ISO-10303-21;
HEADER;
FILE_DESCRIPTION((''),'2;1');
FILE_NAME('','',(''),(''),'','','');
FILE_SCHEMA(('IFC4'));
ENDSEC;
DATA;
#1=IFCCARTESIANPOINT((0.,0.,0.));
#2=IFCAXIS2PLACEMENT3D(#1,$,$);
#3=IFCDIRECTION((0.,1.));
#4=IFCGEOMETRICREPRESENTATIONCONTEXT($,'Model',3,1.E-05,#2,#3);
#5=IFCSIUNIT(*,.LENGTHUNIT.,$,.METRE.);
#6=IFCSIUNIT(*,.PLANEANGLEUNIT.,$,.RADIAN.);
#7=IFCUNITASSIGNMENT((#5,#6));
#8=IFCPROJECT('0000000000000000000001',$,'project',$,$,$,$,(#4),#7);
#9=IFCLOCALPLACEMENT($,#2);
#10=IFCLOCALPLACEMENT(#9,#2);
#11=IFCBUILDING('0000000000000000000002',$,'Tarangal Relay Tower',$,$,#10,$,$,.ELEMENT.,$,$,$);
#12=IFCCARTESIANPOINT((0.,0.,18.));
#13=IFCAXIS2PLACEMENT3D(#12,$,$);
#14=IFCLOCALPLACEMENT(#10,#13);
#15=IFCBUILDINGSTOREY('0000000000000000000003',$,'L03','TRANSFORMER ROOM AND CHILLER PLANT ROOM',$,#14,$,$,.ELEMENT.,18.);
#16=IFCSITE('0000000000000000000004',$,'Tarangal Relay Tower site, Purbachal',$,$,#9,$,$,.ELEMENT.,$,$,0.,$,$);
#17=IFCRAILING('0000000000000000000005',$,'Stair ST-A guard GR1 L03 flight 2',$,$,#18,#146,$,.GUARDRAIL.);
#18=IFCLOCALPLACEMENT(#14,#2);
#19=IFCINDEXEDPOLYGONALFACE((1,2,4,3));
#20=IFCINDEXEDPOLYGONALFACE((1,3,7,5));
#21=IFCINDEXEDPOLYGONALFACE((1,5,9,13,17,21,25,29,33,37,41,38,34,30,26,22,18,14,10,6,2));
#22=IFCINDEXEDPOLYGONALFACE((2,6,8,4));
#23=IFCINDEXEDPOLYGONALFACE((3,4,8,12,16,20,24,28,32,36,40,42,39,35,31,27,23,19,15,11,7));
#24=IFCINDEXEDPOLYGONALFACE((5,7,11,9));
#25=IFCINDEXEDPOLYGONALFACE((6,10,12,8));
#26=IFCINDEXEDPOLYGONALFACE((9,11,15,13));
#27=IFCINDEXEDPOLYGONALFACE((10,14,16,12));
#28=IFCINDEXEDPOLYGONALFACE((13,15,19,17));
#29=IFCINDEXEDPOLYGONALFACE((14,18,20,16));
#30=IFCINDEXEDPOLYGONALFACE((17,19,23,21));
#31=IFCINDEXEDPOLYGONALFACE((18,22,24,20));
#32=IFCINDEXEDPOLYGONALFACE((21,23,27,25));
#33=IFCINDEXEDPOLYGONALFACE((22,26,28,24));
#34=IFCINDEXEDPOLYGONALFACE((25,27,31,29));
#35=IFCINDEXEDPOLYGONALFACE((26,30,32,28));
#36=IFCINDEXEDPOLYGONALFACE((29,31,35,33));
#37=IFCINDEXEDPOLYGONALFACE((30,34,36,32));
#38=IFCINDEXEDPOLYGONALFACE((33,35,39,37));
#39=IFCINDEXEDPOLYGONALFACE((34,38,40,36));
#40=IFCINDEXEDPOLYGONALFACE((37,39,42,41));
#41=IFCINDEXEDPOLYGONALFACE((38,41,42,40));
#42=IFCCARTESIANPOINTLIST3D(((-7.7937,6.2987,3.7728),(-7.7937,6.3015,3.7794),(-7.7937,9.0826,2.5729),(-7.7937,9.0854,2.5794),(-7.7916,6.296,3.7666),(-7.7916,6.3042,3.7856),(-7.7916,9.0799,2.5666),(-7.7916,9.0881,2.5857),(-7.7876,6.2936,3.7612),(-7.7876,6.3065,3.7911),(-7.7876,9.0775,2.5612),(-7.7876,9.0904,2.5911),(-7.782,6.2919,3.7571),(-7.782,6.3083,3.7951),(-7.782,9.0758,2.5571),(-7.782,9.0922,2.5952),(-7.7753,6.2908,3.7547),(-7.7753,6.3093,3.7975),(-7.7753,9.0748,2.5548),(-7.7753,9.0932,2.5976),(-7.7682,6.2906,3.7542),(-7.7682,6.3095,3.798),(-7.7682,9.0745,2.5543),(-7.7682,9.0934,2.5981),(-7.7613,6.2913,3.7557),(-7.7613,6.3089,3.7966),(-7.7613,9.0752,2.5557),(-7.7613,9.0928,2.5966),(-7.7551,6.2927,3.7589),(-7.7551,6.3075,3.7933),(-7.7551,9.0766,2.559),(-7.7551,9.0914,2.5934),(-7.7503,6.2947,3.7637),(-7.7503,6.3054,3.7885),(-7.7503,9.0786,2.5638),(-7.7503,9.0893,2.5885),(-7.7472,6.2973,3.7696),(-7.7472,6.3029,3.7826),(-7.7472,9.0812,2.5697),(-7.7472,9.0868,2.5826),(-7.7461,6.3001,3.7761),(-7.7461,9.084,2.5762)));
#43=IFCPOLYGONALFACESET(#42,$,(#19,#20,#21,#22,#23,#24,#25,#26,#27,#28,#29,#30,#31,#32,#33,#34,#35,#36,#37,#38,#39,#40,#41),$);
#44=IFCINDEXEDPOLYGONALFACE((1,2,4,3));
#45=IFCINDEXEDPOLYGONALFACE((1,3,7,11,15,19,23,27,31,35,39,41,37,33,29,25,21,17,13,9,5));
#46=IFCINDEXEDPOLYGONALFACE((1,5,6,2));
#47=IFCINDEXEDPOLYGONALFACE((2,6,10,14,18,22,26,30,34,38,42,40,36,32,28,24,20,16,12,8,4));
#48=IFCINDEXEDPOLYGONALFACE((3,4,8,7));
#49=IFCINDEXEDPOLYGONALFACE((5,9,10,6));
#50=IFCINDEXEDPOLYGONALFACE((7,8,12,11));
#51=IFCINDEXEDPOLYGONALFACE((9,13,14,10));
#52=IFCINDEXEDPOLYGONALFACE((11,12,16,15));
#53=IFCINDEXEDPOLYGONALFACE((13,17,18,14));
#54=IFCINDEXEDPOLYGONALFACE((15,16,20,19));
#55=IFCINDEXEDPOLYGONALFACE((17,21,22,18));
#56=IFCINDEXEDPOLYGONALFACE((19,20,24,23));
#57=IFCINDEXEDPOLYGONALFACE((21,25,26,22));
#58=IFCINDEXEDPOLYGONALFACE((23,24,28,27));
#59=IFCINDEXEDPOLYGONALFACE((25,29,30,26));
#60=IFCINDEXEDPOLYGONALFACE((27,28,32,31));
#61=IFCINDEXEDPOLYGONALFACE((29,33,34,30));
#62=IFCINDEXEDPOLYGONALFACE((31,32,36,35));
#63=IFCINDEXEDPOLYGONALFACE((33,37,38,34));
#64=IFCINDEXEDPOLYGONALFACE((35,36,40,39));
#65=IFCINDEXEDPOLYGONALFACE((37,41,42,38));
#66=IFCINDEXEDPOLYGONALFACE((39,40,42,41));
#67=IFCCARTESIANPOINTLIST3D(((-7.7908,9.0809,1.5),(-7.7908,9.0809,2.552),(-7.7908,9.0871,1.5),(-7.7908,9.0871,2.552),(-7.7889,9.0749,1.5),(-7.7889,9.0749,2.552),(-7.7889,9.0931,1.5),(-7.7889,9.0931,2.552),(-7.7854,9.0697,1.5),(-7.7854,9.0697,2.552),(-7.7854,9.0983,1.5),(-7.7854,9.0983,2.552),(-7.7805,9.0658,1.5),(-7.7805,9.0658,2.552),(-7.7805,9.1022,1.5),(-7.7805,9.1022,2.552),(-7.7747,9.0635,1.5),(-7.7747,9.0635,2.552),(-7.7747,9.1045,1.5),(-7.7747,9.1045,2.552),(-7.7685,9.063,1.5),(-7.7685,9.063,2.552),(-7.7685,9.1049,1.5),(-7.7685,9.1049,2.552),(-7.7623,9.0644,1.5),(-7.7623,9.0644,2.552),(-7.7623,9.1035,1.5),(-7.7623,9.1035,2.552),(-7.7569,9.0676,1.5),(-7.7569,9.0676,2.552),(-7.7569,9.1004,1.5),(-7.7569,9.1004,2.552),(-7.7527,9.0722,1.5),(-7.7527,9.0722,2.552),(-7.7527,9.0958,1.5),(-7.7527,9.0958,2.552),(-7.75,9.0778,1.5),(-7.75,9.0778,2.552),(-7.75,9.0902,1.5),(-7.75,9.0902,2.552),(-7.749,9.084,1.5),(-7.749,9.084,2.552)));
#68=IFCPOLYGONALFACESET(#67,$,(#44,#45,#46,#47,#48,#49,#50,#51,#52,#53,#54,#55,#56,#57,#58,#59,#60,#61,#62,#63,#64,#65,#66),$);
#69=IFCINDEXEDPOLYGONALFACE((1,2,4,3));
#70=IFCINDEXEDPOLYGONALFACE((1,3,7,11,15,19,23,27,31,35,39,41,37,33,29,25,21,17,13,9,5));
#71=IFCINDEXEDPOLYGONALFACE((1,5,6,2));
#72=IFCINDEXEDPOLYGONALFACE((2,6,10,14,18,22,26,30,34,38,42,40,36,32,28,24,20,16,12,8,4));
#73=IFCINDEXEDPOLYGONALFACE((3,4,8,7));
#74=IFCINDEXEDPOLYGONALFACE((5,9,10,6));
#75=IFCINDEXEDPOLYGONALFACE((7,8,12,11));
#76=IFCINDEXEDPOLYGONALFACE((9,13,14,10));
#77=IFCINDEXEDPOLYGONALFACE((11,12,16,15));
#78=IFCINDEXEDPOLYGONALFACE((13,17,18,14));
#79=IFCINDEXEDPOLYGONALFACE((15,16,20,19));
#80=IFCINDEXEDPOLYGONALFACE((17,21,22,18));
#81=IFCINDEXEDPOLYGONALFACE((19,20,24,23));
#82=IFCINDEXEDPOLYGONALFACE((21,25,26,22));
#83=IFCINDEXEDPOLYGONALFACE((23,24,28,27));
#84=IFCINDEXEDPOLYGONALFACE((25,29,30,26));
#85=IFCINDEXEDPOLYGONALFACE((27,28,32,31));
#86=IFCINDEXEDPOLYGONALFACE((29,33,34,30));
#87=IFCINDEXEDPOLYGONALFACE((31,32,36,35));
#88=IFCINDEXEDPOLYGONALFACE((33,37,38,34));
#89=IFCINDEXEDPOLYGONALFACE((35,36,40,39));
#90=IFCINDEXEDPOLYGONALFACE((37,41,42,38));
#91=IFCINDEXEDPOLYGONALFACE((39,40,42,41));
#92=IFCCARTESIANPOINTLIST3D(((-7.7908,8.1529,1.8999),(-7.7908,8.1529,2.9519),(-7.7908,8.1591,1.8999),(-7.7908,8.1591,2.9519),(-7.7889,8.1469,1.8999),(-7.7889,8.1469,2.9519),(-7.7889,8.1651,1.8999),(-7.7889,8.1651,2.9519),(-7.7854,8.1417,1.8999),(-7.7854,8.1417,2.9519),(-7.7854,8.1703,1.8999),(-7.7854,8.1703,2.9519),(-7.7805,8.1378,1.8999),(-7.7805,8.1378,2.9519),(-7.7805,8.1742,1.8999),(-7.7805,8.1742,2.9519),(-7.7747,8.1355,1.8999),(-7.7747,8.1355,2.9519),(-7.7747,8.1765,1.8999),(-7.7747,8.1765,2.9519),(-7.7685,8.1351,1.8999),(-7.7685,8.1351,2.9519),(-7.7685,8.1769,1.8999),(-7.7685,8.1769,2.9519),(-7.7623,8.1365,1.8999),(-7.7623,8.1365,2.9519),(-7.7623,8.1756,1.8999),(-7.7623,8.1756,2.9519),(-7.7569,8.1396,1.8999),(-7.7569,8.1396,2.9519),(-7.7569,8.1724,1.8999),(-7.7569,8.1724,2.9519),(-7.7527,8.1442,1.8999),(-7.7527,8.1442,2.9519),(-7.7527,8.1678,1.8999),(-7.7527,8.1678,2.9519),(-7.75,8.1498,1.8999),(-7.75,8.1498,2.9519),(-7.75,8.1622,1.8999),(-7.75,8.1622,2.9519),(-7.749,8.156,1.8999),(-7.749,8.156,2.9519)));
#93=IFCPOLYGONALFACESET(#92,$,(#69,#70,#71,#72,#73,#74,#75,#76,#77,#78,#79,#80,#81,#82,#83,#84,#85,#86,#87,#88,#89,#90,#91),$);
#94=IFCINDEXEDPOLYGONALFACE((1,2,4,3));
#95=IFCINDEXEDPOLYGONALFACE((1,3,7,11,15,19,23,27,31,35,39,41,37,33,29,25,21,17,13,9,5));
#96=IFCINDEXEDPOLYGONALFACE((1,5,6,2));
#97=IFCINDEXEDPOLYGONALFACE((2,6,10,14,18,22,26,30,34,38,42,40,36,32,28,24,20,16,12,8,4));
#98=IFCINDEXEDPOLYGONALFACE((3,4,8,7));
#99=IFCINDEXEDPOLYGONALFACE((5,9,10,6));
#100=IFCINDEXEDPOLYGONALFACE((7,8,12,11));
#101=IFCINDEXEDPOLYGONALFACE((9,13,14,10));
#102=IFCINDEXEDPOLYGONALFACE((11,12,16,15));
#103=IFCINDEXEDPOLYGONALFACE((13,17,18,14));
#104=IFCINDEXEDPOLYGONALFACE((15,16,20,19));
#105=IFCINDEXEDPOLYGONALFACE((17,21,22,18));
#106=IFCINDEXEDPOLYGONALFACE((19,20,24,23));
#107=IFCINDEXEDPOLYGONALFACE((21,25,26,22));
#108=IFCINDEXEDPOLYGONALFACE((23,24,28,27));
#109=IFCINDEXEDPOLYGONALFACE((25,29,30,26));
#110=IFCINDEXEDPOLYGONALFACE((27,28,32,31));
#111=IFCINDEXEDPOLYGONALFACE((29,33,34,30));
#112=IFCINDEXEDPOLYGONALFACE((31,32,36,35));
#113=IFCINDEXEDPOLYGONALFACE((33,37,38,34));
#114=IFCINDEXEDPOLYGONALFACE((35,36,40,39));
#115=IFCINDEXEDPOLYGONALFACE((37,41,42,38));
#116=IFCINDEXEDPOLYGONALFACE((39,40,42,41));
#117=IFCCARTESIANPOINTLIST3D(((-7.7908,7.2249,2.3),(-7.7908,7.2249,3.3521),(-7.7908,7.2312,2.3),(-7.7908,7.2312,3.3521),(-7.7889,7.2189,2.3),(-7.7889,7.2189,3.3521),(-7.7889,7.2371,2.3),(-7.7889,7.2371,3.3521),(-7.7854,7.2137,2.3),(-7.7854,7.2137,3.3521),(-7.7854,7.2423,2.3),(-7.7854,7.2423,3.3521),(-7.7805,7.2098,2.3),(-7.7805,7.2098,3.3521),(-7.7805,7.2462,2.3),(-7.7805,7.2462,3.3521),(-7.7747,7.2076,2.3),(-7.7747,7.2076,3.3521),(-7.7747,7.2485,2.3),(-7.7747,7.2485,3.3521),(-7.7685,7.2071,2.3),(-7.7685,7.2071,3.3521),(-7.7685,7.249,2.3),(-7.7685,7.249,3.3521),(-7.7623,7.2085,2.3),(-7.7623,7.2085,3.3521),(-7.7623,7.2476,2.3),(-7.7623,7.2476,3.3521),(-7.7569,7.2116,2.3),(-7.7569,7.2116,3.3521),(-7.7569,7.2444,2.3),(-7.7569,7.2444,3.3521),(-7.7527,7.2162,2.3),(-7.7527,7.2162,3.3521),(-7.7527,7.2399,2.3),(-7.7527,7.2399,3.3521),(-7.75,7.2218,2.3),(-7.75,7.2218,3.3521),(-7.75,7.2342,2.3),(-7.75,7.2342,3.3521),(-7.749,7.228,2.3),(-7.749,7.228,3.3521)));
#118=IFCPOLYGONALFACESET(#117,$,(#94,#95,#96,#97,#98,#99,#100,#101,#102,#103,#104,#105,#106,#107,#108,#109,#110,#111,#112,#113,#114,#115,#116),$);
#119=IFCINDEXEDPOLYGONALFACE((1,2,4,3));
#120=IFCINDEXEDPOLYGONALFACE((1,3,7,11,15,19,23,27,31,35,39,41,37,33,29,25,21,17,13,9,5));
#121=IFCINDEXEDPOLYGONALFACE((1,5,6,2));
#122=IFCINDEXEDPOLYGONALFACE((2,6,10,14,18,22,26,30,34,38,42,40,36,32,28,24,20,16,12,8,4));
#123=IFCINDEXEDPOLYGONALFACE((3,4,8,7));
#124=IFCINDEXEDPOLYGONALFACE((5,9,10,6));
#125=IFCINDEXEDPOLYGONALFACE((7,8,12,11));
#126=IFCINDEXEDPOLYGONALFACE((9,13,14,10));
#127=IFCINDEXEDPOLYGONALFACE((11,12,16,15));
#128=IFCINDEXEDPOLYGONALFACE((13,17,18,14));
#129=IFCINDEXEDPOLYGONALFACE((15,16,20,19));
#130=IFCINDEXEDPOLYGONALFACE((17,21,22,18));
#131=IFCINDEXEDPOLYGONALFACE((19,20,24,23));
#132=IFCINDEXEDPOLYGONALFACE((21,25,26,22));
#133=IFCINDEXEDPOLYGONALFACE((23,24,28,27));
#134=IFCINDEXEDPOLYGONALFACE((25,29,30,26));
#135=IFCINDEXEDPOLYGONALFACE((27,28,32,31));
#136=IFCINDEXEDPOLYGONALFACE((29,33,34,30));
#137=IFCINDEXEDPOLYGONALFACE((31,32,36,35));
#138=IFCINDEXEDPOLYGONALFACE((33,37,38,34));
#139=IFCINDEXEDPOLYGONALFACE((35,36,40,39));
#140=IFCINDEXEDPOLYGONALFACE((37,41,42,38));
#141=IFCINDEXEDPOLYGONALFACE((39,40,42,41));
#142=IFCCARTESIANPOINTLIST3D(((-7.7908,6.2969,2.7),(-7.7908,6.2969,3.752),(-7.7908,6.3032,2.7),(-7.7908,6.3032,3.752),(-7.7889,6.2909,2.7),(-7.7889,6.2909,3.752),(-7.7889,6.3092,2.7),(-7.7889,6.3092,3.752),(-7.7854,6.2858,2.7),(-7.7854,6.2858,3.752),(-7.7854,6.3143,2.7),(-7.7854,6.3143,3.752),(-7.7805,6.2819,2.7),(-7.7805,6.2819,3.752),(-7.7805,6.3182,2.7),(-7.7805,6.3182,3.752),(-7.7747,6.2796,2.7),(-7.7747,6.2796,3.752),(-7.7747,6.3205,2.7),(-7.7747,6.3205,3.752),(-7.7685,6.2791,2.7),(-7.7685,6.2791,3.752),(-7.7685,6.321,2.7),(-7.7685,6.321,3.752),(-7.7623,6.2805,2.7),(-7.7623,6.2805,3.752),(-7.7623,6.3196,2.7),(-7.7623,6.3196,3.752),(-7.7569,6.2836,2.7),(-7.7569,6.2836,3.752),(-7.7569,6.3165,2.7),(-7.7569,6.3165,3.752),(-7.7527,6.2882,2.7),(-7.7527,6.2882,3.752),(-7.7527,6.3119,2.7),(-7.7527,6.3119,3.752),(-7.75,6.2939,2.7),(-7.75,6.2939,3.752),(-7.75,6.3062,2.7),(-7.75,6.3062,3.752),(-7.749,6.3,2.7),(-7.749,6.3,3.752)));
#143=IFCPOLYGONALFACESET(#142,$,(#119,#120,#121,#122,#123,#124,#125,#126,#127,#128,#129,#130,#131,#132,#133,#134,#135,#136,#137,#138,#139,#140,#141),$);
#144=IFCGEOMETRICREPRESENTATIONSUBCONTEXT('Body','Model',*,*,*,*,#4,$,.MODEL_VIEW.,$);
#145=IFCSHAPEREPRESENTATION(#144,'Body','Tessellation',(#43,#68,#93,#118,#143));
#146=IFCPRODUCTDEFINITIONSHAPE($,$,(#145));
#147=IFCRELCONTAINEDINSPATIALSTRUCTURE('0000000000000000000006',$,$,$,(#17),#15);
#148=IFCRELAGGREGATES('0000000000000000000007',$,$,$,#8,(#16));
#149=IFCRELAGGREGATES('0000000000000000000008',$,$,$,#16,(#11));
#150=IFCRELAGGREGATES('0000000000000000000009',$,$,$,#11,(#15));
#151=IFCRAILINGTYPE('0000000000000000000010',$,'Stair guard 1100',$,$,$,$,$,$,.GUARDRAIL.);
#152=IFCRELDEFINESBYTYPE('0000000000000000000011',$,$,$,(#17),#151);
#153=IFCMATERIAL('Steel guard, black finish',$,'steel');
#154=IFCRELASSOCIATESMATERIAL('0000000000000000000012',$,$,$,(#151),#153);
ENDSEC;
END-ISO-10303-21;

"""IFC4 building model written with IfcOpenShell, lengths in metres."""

from ifc_helpers import new_model, si_unit, direction, frame, origin, origin_2d, place, context, subcontext, project, spatial, circle, extrude, material, type_object, element, save


model = new_model("IFC4")

# Units and contexts
model_context = context("Model", 3, precision=1e-05, world=origin(), true_north=direction((0.0, 1.0)))
body_context = subcontext(model_context, "Body", "Model", "MODEL_VIEW")
ifc_project = project(units=[si_unit("LENGTHUNIT", "METRE"), si_unit("PLANEANGLEUNIT", "RADIAN")], contexts=[model_context])

# Site, building, storey
site_placement = place(None, origin())
site = spatial("IfcSite", under=ifc_project, at=site_placement, Name="Tarangal Relay Tower site, Purbachal", CompositionType="ELEMENT", RefElevation=0.0)
building_placement = place(site_placement, origin())
building = spatial("IfcBuilding", under=site, at=building_placement, Name="Tarangal Relay Tower", CompositionType="ELEMENT")
storey_placement = place(building_placement, frame((0.0, 0.0, 18.0)))
storey = spatial("IfcBuildingStorey", under=building, at=storey_placement, Name="L03", Description="TRANSFORMER ROOM AND CHILLER PLANT ROOM", CompositionType="ELEMENT", Elevation=18.0)

# Railing
ifc_material_1 = material(Name="Steel guard, black finish", Category="steel")
railing_type_1 = type_object("IfcRailingType", Name="Stair guard 1100", PredefinedType="GUARDRAIL", material=ifc_material_1)
for number, where, name in (
    (1, (-7.77, 9.084, 1.5), "Stair ST-A guard GR1 L03 flight 2"),
):
    element("IfcRailing", number, at=place(storey_placement, frame(where)), inside=storey, type_object=railing_type_1, Name=name, PredefinedType="GUARDRAIL", context=body_context, shape_type="SweptSolid", body=[
        extrude(circle(Radius=0.0239, at=origin_2d()), frame((0.0, 0.0, 1.0762), z_axis=(0.0, -0.918327, 0.395823), x_axis=(1.0, 0.0, 0.0)), (0.0, 0.0, 1.0), 3.0315),
        extrude(circle(Radius=0.021, at=origin_2d()), origin(), (0.0, 0.0, 1.0), 1.052),
        extrude(circle(Radius=0.021, at=origin_2d()), frame((0.0, -0.928, 0.3999)), (0.0, 0.0, 1.0), 1.052),
        extrude(circle(Radius=0.021, at=origin_2d()), frame((0.0, -1.856, 0.8)), (0.0, 0.0, 1.0), 1.052),
        extrude(circle(Radius=0.021, at=origin_2d()), frame((0.0, -2.7839, 1.2)), (0.0, 0.0, 1.0), 1.052),
    ])

save(model, "model.ifc")
